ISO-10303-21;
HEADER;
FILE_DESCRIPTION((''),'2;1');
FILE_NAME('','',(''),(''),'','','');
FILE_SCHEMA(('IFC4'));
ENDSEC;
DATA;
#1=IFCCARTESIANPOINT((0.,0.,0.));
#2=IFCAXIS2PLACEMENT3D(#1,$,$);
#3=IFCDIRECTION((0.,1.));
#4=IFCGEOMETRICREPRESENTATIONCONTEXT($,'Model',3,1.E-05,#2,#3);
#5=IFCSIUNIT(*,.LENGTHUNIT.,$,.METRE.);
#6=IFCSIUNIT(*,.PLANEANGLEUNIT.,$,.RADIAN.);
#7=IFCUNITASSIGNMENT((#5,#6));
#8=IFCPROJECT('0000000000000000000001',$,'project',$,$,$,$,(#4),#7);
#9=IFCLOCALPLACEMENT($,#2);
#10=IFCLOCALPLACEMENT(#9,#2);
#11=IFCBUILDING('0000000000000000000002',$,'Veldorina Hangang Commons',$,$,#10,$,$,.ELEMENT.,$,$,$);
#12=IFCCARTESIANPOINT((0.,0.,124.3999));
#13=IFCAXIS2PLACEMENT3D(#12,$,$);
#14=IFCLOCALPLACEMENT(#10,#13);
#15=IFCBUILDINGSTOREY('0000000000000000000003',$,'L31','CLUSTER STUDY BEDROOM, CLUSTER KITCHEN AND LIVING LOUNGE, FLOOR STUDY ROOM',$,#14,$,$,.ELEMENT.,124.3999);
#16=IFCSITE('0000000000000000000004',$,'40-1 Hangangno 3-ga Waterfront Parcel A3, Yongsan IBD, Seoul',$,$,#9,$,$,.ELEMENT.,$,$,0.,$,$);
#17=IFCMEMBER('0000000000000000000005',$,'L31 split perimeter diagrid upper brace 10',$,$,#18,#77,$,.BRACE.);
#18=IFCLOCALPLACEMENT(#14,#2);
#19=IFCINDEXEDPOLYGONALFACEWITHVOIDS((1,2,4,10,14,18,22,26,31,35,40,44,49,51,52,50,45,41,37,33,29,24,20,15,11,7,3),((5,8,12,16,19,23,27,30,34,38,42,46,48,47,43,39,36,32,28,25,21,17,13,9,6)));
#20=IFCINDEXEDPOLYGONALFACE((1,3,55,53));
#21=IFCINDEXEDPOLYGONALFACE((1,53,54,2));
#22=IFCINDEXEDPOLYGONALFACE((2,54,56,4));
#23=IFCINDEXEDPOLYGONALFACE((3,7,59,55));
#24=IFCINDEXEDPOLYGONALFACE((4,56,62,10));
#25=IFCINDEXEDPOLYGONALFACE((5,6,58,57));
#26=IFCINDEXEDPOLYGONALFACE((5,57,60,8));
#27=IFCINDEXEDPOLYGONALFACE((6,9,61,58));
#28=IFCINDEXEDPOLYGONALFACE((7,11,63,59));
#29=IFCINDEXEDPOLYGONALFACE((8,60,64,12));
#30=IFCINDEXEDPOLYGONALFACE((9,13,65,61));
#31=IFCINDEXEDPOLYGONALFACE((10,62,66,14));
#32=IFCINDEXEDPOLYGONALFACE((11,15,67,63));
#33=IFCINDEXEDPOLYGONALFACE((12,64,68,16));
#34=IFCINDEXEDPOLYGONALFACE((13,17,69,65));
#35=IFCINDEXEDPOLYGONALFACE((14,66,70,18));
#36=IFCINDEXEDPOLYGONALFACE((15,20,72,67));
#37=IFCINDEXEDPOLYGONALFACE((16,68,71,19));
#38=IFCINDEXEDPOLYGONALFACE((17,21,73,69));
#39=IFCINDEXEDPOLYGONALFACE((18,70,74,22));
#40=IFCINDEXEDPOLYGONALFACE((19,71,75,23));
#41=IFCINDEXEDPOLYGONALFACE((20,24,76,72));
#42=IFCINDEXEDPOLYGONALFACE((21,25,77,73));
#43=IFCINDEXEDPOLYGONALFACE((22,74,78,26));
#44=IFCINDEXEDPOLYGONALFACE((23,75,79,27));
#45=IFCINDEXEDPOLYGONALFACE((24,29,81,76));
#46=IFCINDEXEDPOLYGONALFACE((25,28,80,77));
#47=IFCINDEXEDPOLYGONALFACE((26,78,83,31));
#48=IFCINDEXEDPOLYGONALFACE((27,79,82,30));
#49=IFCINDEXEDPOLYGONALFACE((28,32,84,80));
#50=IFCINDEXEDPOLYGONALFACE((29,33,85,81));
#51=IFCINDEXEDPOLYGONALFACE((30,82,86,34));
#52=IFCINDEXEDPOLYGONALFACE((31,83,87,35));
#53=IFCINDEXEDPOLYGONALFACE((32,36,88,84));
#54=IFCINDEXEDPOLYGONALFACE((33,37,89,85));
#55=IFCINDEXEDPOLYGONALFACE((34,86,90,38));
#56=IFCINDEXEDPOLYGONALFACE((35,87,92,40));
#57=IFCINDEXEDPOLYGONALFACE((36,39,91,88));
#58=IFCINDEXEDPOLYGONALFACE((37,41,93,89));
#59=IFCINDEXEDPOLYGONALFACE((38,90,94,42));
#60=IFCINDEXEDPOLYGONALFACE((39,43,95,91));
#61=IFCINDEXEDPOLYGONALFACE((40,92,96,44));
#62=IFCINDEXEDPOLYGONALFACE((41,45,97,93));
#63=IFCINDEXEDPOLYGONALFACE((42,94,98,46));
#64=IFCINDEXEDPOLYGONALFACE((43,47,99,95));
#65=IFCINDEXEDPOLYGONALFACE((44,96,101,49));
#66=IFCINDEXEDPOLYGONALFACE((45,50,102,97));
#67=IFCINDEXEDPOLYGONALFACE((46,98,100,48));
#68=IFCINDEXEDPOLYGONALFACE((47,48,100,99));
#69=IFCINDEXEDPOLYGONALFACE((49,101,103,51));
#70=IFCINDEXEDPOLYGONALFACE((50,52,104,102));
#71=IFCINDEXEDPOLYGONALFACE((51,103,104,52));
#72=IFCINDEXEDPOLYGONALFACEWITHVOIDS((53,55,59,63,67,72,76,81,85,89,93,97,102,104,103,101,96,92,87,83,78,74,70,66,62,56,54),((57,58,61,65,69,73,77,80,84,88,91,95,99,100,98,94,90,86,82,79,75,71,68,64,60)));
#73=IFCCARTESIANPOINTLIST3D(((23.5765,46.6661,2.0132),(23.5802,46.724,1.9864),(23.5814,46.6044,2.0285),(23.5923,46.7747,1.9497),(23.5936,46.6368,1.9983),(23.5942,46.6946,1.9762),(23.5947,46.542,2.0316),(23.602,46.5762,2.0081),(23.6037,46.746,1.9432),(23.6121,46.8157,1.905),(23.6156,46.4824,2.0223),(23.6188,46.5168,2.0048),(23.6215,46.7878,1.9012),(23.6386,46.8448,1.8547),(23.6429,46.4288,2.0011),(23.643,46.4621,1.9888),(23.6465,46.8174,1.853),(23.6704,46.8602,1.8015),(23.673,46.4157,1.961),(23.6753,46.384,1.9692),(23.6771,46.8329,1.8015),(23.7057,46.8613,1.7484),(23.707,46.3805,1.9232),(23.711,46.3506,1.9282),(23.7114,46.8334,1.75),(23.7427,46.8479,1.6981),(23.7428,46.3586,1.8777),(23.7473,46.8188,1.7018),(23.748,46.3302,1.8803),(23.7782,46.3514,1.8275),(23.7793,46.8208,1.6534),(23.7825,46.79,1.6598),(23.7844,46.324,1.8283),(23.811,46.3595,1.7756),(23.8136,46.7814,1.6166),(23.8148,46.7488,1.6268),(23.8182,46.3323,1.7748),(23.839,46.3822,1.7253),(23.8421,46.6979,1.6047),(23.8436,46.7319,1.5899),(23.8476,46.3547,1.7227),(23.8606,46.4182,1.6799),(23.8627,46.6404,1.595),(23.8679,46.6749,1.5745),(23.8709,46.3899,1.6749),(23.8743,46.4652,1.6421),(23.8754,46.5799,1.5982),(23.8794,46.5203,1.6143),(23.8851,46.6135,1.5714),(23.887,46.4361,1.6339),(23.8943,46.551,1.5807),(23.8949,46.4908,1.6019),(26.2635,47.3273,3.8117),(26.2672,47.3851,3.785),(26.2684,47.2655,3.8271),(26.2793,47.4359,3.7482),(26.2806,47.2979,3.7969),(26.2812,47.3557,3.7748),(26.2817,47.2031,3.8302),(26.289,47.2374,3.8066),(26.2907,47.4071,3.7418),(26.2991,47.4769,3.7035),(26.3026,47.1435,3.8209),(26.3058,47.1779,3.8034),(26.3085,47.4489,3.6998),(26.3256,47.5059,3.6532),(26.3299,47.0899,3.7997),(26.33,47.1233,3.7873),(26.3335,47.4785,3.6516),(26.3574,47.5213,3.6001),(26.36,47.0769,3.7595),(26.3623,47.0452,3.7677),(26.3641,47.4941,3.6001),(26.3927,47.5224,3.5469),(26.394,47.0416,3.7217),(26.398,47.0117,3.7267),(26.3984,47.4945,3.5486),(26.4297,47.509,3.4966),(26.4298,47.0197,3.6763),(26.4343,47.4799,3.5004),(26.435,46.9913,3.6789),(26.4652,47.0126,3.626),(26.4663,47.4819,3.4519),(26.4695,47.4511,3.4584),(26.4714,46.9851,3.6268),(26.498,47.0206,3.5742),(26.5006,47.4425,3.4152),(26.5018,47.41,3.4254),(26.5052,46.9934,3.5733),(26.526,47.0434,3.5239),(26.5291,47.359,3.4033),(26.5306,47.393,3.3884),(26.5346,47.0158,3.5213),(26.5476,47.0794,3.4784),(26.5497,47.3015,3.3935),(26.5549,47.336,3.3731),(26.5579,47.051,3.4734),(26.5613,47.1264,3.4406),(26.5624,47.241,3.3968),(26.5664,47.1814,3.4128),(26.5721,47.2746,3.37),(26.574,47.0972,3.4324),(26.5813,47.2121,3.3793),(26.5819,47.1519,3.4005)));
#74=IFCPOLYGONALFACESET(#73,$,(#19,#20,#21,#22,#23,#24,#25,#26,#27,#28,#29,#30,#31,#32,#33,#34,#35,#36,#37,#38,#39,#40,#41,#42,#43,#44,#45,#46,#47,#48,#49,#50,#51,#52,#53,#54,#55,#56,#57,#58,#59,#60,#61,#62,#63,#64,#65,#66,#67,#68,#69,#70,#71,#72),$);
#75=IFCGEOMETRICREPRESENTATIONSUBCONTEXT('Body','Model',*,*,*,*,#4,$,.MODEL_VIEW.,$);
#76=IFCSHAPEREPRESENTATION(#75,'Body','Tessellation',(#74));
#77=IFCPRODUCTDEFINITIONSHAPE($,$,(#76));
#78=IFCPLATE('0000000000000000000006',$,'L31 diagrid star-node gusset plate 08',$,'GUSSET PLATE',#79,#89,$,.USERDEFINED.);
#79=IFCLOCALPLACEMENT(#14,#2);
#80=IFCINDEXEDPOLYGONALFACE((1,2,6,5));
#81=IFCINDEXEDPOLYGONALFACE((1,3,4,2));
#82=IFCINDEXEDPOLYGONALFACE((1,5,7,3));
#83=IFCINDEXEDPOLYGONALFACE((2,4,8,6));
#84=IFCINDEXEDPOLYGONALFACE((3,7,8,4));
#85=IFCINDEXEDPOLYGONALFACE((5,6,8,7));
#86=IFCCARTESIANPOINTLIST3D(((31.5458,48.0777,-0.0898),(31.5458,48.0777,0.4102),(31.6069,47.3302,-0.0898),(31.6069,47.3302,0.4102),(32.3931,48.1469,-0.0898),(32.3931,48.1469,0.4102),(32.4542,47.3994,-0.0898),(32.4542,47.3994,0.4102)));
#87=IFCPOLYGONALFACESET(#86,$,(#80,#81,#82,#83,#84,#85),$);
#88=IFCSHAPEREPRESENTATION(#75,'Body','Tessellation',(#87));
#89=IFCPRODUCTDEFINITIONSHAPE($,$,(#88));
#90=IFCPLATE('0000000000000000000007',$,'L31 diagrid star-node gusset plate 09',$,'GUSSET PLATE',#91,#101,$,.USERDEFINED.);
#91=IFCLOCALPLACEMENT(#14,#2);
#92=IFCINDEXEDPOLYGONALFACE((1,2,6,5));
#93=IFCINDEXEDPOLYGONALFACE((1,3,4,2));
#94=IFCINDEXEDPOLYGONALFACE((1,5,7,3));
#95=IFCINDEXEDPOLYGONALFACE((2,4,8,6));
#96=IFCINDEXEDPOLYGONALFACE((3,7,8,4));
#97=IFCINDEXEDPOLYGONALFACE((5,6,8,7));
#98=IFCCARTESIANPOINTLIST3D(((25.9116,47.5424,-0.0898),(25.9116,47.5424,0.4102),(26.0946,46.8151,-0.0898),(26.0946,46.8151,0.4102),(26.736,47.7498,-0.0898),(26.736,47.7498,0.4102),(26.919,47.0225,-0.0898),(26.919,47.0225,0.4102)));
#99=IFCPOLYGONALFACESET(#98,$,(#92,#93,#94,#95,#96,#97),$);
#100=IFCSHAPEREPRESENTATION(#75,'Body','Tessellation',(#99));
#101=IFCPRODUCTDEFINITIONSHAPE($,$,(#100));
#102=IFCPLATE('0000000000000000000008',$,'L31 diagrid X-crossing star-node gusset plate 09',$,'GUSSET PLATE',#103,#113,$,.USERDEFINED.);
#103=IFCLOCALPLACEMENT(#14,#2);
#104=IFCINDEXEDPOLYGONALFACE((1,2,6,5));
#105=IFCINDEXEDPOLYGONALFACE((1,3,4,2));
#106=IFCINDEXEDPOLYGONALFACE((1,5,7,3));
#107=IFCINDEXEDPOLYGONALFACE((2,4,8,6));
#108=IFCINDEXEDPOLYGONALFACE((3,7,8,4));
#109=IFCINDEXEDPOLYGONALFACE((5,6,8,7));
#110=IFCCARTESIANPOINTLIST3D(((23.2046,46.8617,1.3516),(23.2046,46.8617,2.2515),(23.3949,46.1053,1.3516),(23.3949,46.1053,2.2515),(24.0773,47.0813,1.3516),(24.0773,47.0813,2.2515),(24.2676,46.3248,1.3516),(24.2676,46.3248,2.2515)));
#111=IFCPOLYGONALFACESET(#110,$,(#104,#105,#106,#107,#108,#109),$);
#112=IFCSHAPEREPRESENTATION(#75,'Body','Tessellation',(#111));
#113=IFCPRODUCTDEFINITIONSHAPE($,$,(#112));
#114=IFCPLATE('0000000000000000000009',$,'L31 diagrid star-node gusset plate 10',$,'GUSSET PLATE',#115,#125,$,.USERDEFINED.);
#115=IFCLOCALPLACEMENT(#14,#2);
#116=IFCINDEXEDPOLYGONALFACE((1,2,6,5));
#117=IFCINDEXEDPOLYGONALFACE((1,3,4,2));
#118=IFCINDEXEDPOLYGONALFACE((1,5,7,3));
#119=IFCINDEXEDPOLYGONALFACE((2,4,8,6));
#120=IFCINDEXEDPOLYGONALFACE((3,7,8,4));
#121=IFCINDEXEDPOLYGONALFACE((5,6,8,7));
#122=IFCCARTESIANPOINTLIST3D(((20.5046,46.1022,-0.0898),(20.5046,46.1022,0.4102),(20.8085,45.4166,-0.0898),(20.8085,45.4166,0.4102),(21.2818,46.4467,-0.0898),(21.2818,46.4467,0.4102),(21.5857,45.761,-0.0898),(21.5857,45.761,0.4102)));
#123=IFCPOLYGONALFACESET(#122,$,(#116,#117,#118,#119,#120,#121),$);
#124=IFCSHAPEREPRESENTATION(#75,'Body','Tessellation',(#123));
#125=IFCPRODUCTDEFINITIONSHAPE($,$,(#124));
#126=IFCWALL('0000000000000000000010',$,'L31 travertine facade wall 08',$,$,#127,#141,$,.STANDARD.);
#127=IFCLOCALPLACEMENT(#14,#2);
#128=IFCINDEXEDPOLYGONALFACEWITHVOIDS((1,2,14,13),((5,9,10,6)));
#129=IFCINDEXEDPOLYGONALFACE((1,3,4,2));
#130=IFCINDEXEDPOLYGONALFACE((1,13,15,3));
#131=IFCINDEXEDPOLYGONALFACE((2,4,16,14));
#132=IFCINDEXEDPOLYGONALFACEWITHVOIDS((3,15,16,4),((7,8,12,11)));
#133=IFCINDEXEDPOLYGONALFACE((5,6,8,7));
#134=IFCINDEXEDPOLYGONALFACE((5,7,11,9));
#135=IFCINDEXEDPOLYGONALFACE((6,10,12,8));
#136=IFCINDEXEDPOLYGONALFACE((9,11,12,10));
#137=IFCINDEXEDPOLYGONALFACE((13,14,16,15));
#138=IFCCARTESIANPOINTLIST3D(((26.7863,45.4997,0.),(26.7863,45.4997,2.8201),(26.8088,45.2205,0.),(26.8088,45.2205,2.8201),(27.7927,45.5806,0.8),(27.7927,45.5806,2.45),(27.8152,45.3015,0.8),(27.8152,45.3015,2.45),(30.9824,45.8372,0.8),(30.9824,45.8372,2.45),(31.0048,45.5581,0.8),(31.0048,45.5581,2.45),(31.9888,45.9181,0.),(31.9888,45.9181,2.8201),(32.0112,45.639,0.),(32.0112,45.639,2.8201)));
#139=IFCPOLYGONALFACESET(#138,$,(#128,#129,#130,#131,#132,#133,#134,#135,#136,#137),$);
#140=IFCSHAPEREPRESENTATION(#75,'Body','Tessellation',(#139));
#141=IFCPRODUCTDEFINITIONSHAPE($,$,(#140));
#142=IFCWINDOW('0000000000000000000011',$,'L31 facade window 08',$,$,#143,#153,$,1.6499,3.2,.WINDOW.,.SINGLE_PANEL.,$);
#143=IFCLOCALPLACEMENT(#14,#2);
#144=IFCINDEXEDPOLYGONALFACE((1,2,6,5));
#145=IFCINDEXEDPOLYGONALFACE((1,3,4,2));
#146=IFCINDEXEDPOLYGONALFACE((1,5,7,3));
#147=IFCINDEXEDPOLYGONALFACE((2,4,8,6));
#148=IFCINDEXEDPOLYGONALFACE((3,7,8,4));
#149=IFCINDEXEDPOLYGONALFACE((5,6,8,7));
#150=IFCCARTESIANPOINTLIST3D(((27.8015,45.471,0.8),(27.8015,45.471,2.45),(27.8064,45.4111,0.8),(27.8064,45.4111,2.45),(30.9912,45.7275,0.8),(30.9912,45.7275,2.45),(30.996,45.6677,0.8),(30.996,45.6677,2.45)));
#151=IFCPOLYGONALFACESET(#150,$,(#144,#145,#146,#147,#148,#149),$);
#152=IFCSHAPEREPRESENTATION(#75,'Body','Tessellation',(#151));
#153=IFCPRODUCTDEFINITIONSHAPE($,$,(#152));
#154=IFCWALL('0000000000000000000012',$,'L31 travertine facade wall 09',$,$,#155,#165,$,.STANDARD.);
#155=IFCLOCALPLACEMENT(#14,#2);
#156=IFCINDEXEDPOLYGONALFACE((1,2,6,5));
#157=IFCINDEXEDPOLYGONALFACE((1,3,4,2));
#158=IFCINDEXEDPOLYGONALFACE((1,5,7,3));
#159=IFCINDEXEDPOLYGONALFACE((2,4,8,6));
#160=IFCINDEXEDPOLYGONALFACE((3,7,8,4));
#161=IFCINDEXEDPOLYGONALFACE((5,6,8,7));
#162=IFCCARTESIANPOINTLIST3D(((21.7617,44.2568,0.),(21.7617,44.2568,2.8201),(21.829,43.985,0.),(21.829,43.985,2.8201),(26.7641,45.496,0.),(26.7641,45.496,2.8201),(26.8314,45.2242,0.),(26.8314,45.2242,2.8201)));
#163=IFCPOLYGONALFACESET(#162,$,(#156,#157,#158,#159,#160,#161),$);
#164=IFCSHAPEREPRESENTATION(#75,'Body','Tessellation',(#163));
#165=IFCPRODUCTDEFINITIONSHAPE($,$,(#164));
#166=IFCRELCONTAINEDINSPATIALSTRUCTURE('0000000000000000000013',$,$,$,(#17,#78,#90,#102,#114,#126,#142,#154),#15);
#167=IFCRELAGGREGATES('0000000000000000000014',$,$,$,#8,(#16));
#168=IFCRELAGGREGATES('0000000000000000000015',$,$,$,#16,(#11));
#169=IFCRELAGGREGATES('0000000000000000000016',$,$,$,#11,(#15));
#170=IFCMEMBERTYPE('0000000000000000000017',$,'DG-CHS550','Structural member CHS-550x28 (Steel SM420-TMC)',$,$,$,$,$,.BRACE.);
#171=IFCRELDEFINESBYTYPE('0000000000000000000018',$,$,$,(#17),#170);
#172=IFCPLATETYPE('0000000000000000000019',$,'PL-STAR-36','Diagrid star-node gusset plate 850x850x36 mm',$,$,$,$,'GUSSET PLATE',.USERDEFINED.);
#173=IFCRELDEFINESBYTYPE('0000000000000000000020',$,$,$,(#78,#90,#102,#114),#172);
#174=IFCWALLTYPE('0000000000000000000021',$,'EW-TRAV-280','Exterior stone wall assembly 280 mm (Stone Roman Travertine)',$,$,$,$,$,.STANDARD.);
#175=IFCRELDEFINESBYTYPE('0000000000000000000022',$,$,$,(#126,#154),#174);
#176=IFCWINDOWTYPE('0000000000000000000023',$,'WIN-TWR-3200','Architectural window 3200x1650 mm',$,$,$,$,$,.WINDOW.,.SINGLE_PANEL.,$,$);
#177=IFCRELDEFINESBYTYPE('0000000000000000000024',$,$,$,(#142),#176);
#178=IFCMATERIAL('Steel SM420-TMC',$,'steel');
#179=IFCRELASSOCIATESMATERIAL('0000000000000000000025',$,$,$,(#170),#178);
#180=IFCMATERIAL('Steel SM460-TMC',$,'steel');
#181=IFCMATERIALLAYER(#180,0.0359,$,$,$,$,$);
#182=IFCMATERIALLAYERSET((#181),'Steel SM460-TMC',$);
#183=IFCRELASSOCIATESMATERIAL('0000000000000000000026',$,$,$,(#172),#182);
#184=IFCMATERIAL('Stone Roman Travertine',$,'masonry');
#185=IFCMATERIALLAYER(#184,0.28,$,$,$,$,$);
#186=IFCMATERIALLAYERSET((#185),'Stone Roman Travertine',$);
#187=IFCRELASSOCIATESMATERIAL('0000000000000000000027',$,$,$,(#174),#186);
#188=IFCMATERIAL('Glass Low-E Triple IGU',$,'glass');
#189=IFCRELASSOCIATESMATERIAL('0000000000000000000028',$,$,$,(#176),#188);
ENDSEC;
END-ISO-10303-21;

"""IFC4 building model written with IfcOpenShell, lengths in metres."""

from ifc_helpers import new_model, si_unit, direction, frame, frame_2d, origin, origin_2d, place, context, subcontext, project, spatial, rectangle, hollow_circle, extrude, material, layer, layer_set, material_profile, profile_set, type_object, element, fill, save


model = new_model("IFC4")

# Units and contexts
model_context = context("Model", 3, precision=1e-05, world=origin(), true_north=direction((0.0, 1.0)))
body_context = subcontext(model_context, "Body", "Model", "MODEL_VIEW")
ifc_project = project(units=[si_unit("LENGTHUNIT", "METRE"), si_unit("PLANEANGLEUNIT", "RADIAN")], contexts=[model_context])

# Site, building, storey
site_placement = place(None, origin())
site = spatial("IfcSite", under=ifc_project, at=site_placement, Name="40-1 Hangangno 3-ga Waterfront Parcel A3, Yongsan IBD, Seoul", CompositionType="ELEMENT", RefElevation=0.0)
building_placement = place(site_placement, origin())
building = spatial("IfcBuilding", under=site, at=building_placement, Name="Veldorina Hangang Commons", CompositionType="ELEMENT")
storey_placement = place(building_placement, frame((0.0, 0.0, 124.3999)))
storey = spatial("IfcBuildingStorey", under=building, at=storey_placement, Name="L31", Description="CLUSTER STUDY BEDROOM, CLUSTER KITCHEN AND LIVING LOUNGE, FLOOR STUDY ROOM", CompositionType="ELEMENT", Elevation=124.3999)

# Shared definitions
ifc_material_1 = material(Name="Steel SM420-TMC", Category="steel")

# Member
ifc_material_profile_1 = material_profile(ifc_material_1, hollow_circle(Radius=0.2749, WallThickness=0.0281, at=origin_2d()), Name="CHS-550x28")
ifc_profile_set_1 = profile_set([ifc_material_profile_1], Name="Steel SM420-TMC")
member_type = type_object("IfcMemberType", Name="DG-CHS550", Description="Structural member CHS-550x28 (Steel SM420-TMC)", PredefinedType="BRACE", material=ifc_profile_set_1)
member_1_placement = place(storey_placement, frame((23.7361, 46.5933, 1.8015), z_axis=(0.81417, 0.200325, 0.544975), x_axis=(-0.238922, 0.971039, 0.0)))
element("IfcMember", 1, at=member_1_placement, inside=storey, type_object=member_type, Name="L31 split perimeter diagrid upper brace 10", PredefinedType="BRACE", context=body_context, shape_type="SweptSolid", body=[
    extrude(hollow_circle(Radius=0.2749, WallThickness=0.0281, at=origin_2d()), origin(), (0.0, 0.0, 1.0), 3.3003),
])

# Plates
ifc_material_2 = material(Name="Steel SM460-TMC", Category="steel")
ifc_layer_1 = layer(ifc_material_2, 0.0359)
ifc_layer_set_1 = layer_set([ifc_layer_1], Name="Steel SM460-TMC")
plate_type = type_object("IfcPlateType", Name="PL-STAR-36", Description="Diagrid star-node gusset plate 850x850x36 mm", ElementType="GUSSET PLATE", PredefinedType="USERDEFINED", material=ifc_layer_set_1)
for number, where, z_axis, x_axis, name in (
    (2, (32.0, 47.7385, -0.0898), (0.0, 0.0, 1.0), (-0.996682, -0.081399, 0.0), "L31 diagrid star-node gusset plate 08"),
    (3, (26.4153, 47.2825, -0.0898), (0.0, 0.0, 1.0), (-0.969787, -0.243954, 0.0), "L31 diagrid star-node gusset plate 09"),
):
    element("IfcPlate", number, at=place(storey_placement, frame(where, z_axis=z_axis, x_axis=x_axis)), inside=storey, type_object=plate_type, Name=name, ObjectType="GUSSET PLATE", PredefinedType="USERDEFINED", context=body_context, shape_type="SweptSolid", body=[
        extrude(rectangle(XDim=0.8501, YDim=0.75, at=origin_2d()), origin(), (0.0, 0.0, 1.0), 0.5),
    ])
plate_1_placement = place(storey_placement, frame((23.7361, 46.5933, 1.3516), z_axis=(0.0, 0.0, 1.0), x_axis=(-0.969787, -0.243954, 0.0)))
element("IfcPlate", 4, at=plate_1_placement, inside=storey, type_object=plate_type, Name="L31 diagrid X-crossing star-node gusset plate 09", ObjectType="GUSSET PLATE", PredefinedType="USERDEFINED", context=body_context, shape_type="SweptSolid", body=[
    extrude(rectangle(XDim=0.8999, YDim=0.78, at=origin_2d()), origin(), (0.0, 0.0, 1.0), 0.8999),
])
plate_2_placement = place(storey_placement, frame((21.0452, 45.9316, -0.0898), z_axis=(0.0, 0.0, 1.0), x_axis=(-0.914219, -0.405221, 0.0)))
element("IfcPlate", 5, at=plate_2_placement, inside=storey, type_object=plate_type, Name="L31 diagrid star-node gusset plate 10", ObjectType="GUSSET PLATE", PredefinedType="USERDEFINED", context=body_context, shape_type="SweptSolid", body=[
    extrude(rectangle(XDim=0.8501, YDim=0.75, at=origin_2d()), origin(), (0.0, 0.0, 1.0), 0.5),
])

# Wall, opening, window
ifc_material_3 = material(Name="Stone Roman Travertine", Category="masonry")
ifc_layer_2 = layer(ifc_material_3, 0.28)
ifc_layer_set_2 = layer_set([ifc_layer_2], Name="Stone Roman Travertine")
wall_type_1 = type_object("IfcWallType", Name="EW-TRAV-280", Description="Exterior stone wall assembly 280 mm (Stone Roman Travertine)", PredefinedType="STANDARD", material=ifc_layer_set_2)
wall_1_placement = place(storey_placement, frame((32.0, 45.7786, 0.0), z_axis=(0.0, 0.0, 1.0), x_axis=(-0.996781, -0.080177, 0.0)))
wall_1 = element("IfcWall", 6, at=wall_1_placement, inside=storey, type_object=wall_type_1, Name="L31 travertine facade wall 08", PredefinedType="STANDARD", context=body_context, shape_type="SweptSolid", body=[
    extrude(rectangle(XDim=5.2192, YDim=0.28, at=frame_2d((2.6096, 0.0))), origin(), (0.0, 0.0, 1.0), 2.8201),
])
opening_1_placement = place(wall_1_placement, frame((1.0095, 0.0, 0.8)))
opening_1 = element("IfcOpeningElement", 7, at=opening_1_placement, cuts=wall_1, PredefinedType="OPENING", context=body_context, shape_type="SweptSolid", body=[
    extrude(rectangle(XDim=3.2, YDim=1.6499, at=frame_2d((1.6001, 0.825))), frame((0.0, 0.1499, 0.0), z_axis=(0.0, -1.0, 0.0), x_axis=(1.0, 0.0, 0.0)), (0.0, 0.0, 1.0), 0.3),
])
ifc_material_4 = material(Name="Glass Low-E Triple IGU", Category="glass")
window_type = type_object("IfcWindowType", Name="WIN-TWR-3200", Description="Architectural window 3200x1650 mm", PartitioningType="SINGLE_PANEL", PredefinedType="WINDOW", material=ifc_material_4)
window_1_placement = place(opening_1_placement, origin())
window_1 = element("IfcWindow", 8, at=window_1_placement, inside=storey, type_object=window_type, Name="L31 facade window 08", OverallHeight=1.6499, OverallWidth=3.2, PartitioningType="SINGLE_PANEL", PredefinedType="WINDOW", context=body_context, shape_type="SweptSolid", body=[
    extrude(rectangle(XDim=3.2, YDim=1.6499, at=frame_2d((1.6001, 0.825))), frame((0.0, 0.03, 0.0), z_axis=(0.0, -1.0, 0.0), x_axis=(1.0, 0.0, 0.0)), (0.0, 0.0, 1.0), 0.0601),
])
fill(opening_1, window_1)

# Wall
wall_2_placement = place(storey_placement, frame((26.7976, 45.3601, 0.0), z_axis=(0.0, 0.0, 1.0), x_axis=(-0.970659, -0.240462, 0.0)))
element("IfcWall", 9, at=wall_2_placement, inside=storey, type_object=wall_type_1, Name="L31 travertine facade wall 09", PredefinedType="STANDARD", context=body_context, shape_type="SweptSolid", body=[
    extrude(rectangle(XDim=5.1536, YDim=0.28, at=frame_2d((2.5767, 0.0))), origin(), (0.0, 0.0, 1.0), 2.8201),
])

save(model, "model.ifc")
